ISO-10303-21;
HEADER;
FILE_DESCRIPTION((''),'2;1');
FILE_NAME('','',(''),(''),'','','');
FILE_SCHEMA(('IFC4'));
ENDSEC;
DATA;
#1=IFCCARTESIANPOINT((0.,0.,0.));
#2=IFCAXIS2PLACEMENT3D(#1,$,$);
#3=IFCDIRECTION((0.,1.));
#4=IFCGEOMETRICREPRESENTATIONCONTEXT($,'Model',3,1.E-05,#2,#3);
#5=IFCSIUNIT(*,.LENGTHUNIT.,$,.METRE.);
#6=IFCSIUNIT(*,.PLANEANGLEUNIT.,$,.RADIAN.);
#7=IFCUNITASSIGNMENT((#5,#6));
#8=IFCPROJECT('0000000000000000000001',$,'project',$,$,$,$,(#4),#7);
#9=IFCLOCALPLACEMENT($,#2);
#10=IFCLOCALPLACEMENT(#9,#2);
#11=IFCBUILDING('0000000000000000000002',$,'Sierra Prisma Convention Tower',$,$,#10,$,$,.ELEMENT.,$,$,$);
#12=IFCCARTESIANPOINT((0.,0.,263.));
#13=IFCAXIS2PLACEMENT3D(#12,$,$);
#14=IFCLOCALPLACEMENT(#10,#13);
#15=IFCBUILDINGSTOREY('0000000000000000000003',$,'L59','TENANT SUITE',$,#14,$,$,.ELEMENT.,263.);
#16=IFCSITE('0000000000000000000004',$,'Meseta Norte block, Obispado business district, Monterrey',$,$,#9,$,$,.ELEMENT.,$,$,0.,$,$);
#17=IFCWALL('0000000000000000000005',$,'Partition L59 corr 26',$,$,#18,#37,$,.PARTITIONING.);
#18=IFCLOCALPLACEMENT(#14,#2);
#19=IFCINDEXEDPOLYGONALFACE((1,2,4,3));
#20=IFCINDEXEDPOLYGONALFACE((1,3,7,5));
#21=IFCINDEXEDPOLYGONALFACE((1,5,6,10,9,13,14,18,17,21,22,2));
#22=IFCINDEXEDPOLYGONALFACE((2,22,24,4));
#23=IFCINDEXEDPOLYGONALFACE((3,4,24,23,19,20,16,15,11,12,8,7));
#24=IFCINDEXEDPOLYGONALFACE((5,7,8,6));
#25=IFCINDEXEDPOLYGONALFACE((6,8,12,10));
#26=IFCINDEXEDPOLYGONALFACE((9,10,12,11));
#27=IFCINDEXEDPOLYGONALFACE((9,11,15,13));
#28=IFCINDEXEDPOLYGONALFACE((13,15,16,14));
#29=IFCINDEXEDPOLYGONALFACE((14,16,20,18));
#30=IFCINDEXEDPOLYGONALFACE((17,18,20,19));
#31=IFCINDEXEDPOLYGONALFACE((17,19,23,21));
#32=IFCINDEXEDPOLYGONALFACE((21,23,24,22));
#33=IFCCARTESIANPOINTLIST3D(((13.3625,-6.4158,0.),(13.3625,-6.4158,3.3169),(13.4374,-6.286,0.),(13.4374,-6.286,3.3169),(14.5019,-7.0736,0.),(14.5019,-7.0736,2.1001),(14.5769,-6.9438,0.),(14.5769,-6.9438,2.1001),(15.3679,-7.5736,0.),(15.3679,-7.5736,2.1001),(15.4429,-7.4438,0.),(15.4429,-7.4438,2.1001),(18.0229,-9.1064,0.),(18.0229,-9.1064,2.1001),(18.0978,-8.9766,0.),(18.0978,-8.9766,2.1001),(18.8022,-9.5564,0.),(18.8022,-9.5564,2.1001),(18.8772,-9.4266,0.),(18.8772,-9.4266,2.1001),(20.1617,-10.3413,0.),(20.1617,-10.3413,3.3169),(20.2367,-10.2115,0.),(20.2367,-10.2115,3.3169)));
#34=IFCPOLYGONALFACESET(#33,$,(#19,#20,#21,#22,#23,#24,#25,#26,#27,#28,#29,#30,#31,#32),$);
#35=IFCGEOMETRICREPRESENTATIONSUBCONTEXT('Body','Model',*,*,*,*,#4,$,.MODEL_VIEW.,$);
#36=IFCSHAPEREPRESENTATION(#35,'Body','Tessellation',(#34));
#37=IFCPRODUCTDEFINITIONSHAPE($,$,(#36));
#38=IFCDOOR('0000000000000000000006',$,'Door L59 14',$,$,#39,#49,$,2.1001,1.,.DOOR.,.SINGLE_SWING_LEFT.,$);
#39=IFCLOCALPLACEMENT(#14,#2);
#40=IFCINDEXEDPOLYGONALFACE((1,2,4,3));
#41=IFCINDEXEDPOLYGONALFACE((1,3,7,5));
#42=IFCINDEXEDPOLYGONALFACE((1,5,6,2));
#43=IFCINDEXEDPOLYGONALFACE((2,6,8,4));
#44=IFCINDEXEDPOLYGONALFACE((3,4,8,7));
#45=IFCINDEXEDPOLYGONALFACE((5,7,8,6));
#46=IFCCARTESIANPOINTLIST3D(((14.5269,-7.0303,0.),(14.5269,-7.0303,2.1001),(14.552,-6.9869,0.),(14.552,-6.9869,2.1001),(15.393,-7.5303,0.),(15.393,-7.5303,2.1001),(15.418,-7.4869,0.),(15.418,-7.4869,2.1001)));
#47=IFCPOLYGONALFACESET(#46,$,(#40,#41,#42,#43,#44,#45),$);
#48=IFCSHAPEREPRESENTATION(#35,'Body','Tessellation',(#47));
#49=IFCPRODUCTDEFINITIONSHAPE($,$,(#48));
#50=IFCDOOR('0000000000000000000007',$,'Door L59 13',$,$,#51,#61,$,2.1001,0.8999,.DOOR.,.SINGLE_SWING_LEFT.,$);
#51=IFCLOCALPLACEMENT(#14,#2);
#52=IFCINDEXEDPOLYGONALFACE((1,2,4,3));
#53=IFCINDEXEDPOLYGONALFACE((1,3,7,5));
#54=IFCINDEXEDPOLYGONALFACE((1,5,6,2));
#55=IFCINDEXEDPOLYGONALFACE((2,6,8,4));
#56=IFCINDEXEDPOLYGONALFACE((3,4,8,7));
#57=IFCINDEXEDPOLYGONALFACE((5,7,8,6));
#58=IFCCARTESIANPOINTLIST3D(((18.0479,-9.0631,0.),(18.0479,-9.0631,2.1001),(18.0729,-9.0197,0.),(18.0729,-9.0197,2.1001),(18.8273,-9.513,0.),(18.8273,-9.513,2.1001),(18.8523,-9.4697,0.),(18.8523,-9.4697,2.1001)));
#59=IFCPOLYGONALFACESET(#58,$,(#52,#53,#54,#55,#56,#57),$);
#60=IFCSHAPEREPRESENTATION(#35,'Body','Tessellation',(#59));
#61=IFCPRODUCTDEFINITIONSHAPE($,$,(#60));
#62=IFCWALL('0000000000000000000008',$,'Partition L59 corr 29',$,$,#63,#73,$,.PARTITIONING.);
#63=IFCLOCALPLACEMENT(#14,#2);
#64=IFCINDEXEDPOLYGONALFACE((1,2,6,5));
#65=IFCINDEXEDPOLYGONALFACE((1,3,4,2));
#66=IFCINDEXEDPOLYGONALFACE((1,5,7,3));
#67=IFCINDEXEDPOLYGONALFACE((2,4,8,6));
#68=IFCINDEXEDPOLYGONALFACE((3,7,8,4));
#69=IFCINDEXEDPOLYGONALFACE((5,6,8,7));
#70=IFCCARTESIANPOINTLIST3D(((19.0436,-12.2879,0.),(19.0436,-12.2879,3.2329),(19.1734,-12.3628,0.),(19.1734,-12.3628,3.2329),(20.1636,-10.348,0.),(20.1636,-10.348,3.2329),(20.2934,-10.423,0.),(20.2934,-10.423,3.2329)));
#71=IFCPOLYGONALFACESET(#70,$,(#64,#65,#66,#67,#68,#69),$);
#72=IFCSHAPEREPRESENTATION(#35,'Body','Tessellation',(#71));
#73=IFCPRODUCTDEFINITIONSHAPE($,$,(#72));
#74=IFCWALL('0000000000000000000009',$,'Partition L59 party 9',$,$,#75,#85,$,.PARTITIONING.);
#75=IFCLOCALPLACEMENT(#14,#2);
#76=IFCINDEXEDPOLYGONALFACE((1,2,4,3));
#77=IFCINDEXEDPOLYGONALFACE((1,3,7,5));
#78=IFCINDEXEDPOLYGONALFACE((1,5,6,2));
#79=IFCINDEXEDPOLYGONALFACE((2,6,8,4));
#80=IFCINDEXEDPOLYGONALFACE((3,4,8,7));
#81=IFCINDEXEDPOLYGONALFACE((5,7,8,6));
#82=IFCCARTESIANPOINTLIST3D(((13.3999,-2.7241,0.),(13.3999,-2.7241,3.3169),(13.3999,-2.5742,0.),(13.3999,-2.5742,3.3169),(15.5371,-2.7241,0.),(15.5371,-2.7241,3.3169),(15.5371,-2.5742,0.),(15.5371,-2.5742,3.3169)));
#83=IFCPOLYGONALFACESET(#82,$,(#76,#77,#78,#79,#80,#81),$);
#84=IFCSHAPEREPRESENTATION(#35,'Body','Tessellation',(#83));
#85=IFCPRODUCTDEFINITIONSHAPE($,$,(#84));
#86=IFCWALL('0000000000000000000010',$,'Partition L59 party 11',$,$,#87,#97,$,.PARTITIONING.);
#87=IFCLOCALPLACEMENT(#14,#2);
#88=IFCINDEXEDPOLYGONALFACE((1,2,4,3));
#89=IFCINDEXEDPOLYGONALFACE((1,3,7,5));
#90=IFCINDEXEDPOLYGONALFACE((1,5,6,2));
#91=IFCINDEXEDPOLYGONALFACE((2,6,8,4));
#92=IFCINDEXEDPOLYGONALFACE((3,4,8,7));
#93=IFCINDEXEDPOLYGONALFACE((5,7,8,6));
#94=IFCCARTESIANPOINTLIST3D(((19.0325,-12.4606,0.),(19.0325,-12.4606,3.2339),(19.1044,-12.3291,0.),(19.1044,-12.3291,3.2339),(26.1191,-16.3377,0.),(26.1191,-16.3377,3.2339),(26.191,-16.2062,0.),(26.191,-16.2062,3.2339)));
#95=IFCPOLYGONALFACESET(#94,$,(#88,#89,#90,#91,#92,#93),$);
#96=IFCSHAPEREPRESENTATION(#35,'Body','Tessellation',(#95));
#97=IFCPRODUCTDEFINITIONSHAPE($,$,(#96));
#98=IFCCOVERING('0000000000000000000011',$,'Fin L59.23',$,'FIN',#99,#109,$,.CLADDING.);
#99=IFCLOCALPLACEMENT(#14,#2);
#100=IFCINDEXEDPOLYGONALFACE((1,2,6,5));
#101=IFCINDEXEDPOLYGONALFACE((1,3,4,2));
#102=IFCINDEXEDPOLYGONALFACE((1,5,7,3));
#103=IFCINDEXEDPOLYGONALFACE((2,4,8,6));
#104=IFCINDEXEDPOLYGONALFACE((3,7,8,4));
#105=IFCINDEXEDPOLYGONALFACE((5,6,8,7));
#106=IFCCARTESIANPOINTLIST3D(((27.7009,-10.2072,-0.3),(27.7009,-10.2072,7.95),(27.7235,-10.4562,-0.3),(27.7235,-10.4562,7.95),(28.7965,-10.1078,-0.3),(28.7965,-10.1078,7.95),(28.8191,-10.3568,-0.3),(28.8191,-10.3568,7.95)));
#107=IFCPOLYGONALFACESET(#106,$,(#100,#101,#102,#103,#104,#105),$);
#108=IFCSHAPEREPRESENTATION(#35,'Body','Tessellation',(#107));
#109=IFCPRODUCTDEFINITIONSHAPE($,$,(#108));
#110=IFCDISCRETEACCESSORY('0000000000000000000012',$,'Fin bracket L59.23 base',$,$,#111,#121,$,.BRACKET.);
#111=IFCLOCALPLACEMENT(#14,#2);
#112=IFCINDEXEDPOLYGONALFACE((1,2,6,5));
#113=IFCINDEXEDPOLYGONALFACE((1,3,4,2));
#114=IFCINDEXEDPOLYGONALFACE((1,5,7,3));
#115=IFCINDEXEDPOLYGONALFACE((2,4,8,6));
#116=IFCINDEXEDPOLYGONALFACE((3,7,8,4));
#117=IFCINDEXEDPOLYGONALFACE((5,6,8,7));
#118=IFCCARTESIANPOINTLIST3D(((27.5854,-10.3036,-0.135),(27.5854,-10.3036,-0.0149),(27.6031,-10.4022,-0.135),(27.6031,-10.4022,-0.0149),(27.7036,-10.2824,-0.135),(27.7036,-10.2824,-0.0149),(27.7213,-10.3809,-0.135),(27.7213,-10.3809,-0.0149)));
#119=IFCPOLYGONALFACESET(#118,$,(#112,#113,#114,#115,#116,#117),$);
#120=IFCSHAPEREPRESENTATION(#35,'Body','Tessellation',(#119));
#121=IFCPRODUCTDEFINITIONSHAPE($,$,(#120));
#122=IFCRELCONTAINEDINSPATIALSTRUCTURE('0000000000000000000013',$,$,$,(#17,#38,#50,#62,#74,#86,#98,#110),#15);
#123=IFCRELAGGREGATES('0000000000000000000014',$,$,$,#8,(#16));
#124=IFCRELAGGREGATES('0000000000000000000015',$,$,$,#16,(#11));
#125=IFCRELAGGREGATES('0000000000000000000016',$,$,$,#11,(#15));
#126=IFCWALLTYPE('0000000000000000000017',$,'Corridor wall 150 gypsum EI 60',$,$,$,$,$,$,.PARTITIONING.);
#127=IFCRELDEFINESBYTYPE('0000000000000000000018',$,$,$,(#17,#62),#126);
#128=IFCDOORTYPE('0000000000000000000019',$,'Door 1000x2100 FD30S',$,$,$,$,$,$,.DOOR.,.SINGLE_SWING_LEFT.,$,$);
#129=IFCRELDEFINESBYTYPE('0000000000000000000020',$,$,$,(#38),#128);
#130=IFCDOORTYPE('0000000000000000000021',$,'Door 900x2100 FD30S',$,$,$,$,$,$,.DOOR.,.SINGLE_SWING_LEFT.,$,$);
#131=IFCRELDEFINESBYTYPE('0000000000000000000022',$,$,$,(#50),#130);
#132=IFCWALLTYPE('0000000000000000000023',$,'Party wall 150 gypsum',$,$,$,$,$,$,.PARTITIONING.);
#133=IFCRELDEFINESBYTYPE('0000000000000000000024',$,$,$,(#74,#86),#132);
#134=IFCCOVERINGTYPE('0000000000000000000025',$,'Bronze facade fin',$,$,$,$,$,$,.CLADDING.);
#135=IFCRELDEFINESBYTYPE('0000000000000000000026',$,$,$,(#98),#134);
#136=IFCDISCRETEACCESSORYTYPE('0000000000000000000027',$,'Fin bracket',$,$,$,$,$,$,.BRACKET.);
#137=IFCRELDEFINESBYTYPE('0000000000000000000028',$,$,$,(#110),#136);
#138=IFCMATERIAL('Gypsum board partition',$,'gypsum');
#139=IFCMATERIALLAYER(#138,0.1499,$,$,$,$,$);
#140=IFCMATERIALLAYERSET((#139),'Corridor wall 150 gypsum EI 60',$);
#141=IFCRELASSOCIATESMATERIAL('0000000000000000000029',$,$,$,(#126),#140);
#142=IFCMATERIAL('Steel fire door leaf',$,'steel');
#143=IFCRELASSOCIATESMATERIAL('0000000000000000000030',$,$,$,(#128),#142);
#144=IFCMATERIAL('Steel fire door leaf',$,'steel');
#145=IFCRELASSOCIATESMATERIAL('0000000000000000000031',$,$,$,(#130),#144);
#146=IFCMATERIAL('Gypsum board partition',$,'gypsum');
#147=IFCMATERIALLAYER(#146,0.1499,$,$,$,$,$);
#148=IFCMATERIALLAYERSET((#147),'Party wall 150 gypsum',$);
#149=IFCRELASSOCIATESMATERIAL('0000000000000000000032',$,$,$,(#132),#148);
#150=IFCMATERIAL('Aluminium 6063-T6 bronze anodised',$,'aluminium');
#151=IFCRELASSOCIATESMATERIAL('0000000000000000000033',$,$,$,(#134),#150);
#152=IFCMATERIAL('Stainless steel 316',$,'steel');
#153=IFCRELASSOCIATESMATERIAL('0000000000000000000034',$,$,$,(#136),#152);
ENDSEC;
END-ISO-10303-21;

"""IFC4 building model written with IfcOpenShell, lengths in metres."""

from ifc_helpers import new_model, si_unit, direction, frame, frame_2d, origin, origin_2d, place, context, subcontext, project, spatial, rectangle, extrude, material, layer, layer_set, material_profile, profile_set, type_object, element, fill, save


model = new_model("IFC4")

# Units and contexts
model_context = context("Model", 3, precision=1e-05, world=origin(), true_north=direction((0.0, 1.0)))
body_context = subcontext(model_context, "Body", "Model", "MODEL_VIEW")
ifc_project = project(units=[si_unit("LENGTHUNIT", "METRE"), si_unit("PLANEANGLEUNIT", "RADIAN")], contexts=[model_context])

# Site, building, storey
site_placement = place(None, origin())
site = spatial("IfcSite", under=ifc_project, at=site_placement, Name="Meseta Norte block, Obispado business district, Monterrey", CompositionType="ELEMENT", RefElevation=0.0)
building_placement = place(site_placement, origin())
building = spatial("IfcBuilding", under=site, at=building_placement, Name="Sierra Prisma Convention Tower", CompositionType="ELEMENT")
storey_placement = place(building_placement, frame((0.0, 0.0, 263.0)))
storey = spatial("IfcBuildingStorey", under=building, at=storey_placement, Name="L59", Description="TENANT SUITE", CompositionType="ELEMENT", Elevation=263.0)

# Wall, openings, doors
ifc_material_1 = material(Name="Gypsum board partition", Category="gypsum")
ifc_layer_1 = layer(ifc_material_1, 0.1499)
ifc_layer_set_1 = layer_set([ifc_layer_1], Name="Corridor wall 150 gypsum EI 60")
wall_type_1 = type_object("IfcWallType", Name="Corridor wall 150 gypsum EI 60", PredefinedType="PARTITIONING", material=ifc_layer_set_1)
wall_1_placement = place(storey_placement, frame((20.1992, -10.2764, 0.0), z_axis=(0.0, 0.0, 1.0), x_axis=(-0.866028, 0.499995, 0.0)))
wall_1 = element("IfcWall", 1, at=wall_1_placement, inside=storey, type_object=wall_type_1, Name="Partition L59 corr 26", PredefinedType="PARTITIONING", context=body_context, shape_type="SweptSolid", body=[
    extrude(rectangle(XDim=7.8511, YDim=0.1499, at=frame_2d((3.9255, 0.0))), origin(), (0.0, 0.0, 1.0), 3.3169),
])
opening_1_placement = place(wall_1_placement, frame((1.5698, 0.0, 0.0)))
opening_1 = element("IfcOpeningElement", 2, at=opening_1_placement, cuts=wall_1, PredefinedType="OPENING", context=body_context, shape_type="SweptSolid", body=[
    extrude(rectangle(XDim=0.8999, YDim=2.1001, at=frame_2d((0.45, 1.05))), frame((0.0, 0.075, 0.0), z_axis=(0.0, -1.0, 0.0), x_axis=(1.0, 0.0, 0.0)), (0.0, 0.0, 1.0), 0.1499),
])
opening_2_placement = place(wall_1_placement, frame((5.5354, 0.0, 0.0)))
opening_2 = element("IfcOpeningElement", 3, at=opening_2_placement, cuts=wall_1, PredefinedType="OPENING", context=body_context, shape_type="SweptSolid", body=[
    extrude(rectangle(XDim=1.0, YDim=2.1001, at=frame_2d((0.5, 1.05))), frame((0.0, 0.075, 0.0), z_axis=(0.0, -1.0, 0.0), x_axis=(1.0, 0.0, 0.0)), (0.0, 0.0, 1.0), 0.1499),
])
ifc_material_2 = material(Name="Steel fire door leaf", Category="steel")
door_type_1 = type_object("IfcDoorType", Name="Door 1000x2100 FD30S", OperationType="SINGLE_SWING_LEFT", PredefinedType="DOOR", material=ifc_material_2)
door_1_placement = place(opening_2_placement, origin())
door_1 = element("IfcDoor", 4, at=door_1_placement, inside=storey, type_object=door_type_1, Name="Door L59 14", OperationType="SINGLE_SWING_LEFT", OverallHeight=2.1001, OverallWidth=1.0, PredefinedType="DOOR", context=body_context, shape_type="SweptSolid", body=[
    extrude(rectangle(XDim=1.0, YDim=2.1001, at=frame_2d((0.5, 1.05))), frame((0.0, 0.0249, 0.0), z_axis=(0.0, -1.0, 0.0), x_axis=(1.0, 0.0, 0.0)), (0.0, 0.0, 1.0), 0.05),
])
fill(opening_2, door_1)
ifc_material_3 = material(Name="Steel fire door leaf", Category="steel")
door_type_2 = type_object("IfcDoorType", Name="Door 900x2100 FD30S", OperationType="SINGLE_SWING_LEFT", PredefinedType="DOOR", material=ifc_material_3)
door_2_placement = place(opening_1_placement, origin())
door_2 = element("IfcDoor", 5, at=door_2_placement, inside=storey, type_object=door_type_2, Name="Door L59 13", OperationType="SINGLE_SWING_LEFT", OverallHeight=2.1001, OverallWidth=0.8999, PredefinedType="DOOR", context=body_context, shape_type="SweptSolid", body=[
    extrude(rectangle(XDim=0.8999, YDim=2.1001, at=frame_2d((0.45, 1.05))), frame((0.0, 0.0249, 0.0), z_axis=(0.0, -1.0, 0.0), x_axis=(1.0, 0.0, 0.0)), (0.0, 0.0, 1.0), 0.05),
])
fill(opening_1, door_2)

# Walls
wall_2_placement = place(storey_placement, frame((19.1084, -12.3254, 0.0), z_axis=(0.0, 0.0, 1.0), x_axis=(0.500031, 0.866008, 0.0)))
element("IfcWall", 6, at=wall_2_placement, inside=storey, type_object=wall_type_1, Name="Partition L59 corr 29", PredefinedType="PARTITIONING", context=body_context, shape_type="SweptSolid", body=[
    extrude(rectangle(XDim=2.24, YDim=0.1499, at=frame_2d((1.1201, 0.0))), origin(), (0.0, 0.0, 1.0), 3.2329),
])
ifc_material_4 = material(Name="Gypsum board partition", Category="gypsum")
ifc_layer_2 = layer(ifc_material_4, 0.1499)
ifc_layer_set_2 = layer_set([ifc_layer_2], Name="Party wall 150 gypsum")
wall_type_2 = type_object("IfcWallType", Name="Party wall 150 gypsum", PredefinedType="PARTITIONING", material=ifc_layer_set_2)
wall_3_placement = place(storey_placement, frame((15.5371, -2.6492, 0.0), z_axis=(0.0, 0.0, 1.0), x_axis=(-1.0, 0.0, 0.0)))
element("IfcWall", 7, at=wall_3_placement, inside=storey, type_object=wall_type_2, Name="Partition L59 party 9", PredefinedType="PARTITIONING", context=body_context, shape_type="SweptSolid", body=[
    extrude(rectangle(XDim=2.1372, YDim=0.1499, at=frame_2d((1.0686, 0.0))), origin(), (0.0, 0.0, 1.0), 3.3169),
])
wall_4_placement = place(storey_placement, frame((19.0684, -12.3948, 0.0), z_axis=(0.0, 0.0, 1.0), x_axis=(0.877284, -0.479972, 0.0)))
element("IfcWall", 8, at=wall_4_placement, inside=storey, type_object=wall_type_2, Name="Partition L59 party 11", PredefinedType="PARTITIONING", context=body_context, shape_type="SweptSolid", body=[
    extrude(rectangle(XDim=8.0779, YDim=0.1499, at=frame_2d((4.0391, 0.0))), origin(), (0.0, 0.0, 1.0), 3.2339),
])

# Covering
ifc_material_5 = material(Name="Aluminium 6063-T6 bronze anodised", Category="aluminium")
ifc_material_profile_1 = material_profile(ifc_material_5, rectangle(XDim=1.1001, YDim=0.25, at=origin_2d()), Name="ALU FIN 1100x250")
ifc_profile_set_1 = profile_set([ifc_material_profile_1], Name="Aluminium 6063-T6 bronze anodised")
covering_type = type_object("IfcCoveringType", Name="Bronze facade fin", PredefinedType="CLADDING", material=ifc_profile_set_1)
covering_placement = place(storey_placement, frame((28.26, -10.282, -0.3), z_axis=(0.0, 0.0, 1.0), x_axis=(0.995907, 0.090378, 0.0)))
element("IfcCovering", 9, at=covering_placement, inside=storey, type_object=covering_type, Name="Fin L59.23", ObjectType="FIN", PredefinedType="CLADDING", context=body_context, shape_type="SweptSolid", body=[
    extrude(rectangle(XDim=1.1001, YDim=0.25, at=origin_2d()), origin(), (0.0, 0.0, 1.0), 8.25),
])

# Discrete accessory
ifc_material_6 = material(Name="Stainless steel 316", Category="steel")
discrete_accessory_type = type_object("IfcDiscreteAccessoryType", Name="Fin bracket", PredefinedType="BRACKET", material=ifc_material_6)
discrete_accessory_placement = place(storey_placement, frame((27.6533, -10.3423, -0.135), z_axis=(0.0, 0.0, 1.0), x_axis=(0.984241, 0.176834, 0.0)))
element("IfcDiscreteAccessory", 10, at=discrete_accessory_placement, inside=storey, type_object=discrete_accessory_type, Name="Fin bracket L59.23 base", PredefinedType="BRACKET", context=body_context, shape_type="SweptSolid", body=[
    extrude(rectangle(XDim=0.1201, YDim=0.1001, at=origin_2d()), origin(), (0.0, 0.0, 1.0), 0.1201),
])

save(model, "model.ifc")
